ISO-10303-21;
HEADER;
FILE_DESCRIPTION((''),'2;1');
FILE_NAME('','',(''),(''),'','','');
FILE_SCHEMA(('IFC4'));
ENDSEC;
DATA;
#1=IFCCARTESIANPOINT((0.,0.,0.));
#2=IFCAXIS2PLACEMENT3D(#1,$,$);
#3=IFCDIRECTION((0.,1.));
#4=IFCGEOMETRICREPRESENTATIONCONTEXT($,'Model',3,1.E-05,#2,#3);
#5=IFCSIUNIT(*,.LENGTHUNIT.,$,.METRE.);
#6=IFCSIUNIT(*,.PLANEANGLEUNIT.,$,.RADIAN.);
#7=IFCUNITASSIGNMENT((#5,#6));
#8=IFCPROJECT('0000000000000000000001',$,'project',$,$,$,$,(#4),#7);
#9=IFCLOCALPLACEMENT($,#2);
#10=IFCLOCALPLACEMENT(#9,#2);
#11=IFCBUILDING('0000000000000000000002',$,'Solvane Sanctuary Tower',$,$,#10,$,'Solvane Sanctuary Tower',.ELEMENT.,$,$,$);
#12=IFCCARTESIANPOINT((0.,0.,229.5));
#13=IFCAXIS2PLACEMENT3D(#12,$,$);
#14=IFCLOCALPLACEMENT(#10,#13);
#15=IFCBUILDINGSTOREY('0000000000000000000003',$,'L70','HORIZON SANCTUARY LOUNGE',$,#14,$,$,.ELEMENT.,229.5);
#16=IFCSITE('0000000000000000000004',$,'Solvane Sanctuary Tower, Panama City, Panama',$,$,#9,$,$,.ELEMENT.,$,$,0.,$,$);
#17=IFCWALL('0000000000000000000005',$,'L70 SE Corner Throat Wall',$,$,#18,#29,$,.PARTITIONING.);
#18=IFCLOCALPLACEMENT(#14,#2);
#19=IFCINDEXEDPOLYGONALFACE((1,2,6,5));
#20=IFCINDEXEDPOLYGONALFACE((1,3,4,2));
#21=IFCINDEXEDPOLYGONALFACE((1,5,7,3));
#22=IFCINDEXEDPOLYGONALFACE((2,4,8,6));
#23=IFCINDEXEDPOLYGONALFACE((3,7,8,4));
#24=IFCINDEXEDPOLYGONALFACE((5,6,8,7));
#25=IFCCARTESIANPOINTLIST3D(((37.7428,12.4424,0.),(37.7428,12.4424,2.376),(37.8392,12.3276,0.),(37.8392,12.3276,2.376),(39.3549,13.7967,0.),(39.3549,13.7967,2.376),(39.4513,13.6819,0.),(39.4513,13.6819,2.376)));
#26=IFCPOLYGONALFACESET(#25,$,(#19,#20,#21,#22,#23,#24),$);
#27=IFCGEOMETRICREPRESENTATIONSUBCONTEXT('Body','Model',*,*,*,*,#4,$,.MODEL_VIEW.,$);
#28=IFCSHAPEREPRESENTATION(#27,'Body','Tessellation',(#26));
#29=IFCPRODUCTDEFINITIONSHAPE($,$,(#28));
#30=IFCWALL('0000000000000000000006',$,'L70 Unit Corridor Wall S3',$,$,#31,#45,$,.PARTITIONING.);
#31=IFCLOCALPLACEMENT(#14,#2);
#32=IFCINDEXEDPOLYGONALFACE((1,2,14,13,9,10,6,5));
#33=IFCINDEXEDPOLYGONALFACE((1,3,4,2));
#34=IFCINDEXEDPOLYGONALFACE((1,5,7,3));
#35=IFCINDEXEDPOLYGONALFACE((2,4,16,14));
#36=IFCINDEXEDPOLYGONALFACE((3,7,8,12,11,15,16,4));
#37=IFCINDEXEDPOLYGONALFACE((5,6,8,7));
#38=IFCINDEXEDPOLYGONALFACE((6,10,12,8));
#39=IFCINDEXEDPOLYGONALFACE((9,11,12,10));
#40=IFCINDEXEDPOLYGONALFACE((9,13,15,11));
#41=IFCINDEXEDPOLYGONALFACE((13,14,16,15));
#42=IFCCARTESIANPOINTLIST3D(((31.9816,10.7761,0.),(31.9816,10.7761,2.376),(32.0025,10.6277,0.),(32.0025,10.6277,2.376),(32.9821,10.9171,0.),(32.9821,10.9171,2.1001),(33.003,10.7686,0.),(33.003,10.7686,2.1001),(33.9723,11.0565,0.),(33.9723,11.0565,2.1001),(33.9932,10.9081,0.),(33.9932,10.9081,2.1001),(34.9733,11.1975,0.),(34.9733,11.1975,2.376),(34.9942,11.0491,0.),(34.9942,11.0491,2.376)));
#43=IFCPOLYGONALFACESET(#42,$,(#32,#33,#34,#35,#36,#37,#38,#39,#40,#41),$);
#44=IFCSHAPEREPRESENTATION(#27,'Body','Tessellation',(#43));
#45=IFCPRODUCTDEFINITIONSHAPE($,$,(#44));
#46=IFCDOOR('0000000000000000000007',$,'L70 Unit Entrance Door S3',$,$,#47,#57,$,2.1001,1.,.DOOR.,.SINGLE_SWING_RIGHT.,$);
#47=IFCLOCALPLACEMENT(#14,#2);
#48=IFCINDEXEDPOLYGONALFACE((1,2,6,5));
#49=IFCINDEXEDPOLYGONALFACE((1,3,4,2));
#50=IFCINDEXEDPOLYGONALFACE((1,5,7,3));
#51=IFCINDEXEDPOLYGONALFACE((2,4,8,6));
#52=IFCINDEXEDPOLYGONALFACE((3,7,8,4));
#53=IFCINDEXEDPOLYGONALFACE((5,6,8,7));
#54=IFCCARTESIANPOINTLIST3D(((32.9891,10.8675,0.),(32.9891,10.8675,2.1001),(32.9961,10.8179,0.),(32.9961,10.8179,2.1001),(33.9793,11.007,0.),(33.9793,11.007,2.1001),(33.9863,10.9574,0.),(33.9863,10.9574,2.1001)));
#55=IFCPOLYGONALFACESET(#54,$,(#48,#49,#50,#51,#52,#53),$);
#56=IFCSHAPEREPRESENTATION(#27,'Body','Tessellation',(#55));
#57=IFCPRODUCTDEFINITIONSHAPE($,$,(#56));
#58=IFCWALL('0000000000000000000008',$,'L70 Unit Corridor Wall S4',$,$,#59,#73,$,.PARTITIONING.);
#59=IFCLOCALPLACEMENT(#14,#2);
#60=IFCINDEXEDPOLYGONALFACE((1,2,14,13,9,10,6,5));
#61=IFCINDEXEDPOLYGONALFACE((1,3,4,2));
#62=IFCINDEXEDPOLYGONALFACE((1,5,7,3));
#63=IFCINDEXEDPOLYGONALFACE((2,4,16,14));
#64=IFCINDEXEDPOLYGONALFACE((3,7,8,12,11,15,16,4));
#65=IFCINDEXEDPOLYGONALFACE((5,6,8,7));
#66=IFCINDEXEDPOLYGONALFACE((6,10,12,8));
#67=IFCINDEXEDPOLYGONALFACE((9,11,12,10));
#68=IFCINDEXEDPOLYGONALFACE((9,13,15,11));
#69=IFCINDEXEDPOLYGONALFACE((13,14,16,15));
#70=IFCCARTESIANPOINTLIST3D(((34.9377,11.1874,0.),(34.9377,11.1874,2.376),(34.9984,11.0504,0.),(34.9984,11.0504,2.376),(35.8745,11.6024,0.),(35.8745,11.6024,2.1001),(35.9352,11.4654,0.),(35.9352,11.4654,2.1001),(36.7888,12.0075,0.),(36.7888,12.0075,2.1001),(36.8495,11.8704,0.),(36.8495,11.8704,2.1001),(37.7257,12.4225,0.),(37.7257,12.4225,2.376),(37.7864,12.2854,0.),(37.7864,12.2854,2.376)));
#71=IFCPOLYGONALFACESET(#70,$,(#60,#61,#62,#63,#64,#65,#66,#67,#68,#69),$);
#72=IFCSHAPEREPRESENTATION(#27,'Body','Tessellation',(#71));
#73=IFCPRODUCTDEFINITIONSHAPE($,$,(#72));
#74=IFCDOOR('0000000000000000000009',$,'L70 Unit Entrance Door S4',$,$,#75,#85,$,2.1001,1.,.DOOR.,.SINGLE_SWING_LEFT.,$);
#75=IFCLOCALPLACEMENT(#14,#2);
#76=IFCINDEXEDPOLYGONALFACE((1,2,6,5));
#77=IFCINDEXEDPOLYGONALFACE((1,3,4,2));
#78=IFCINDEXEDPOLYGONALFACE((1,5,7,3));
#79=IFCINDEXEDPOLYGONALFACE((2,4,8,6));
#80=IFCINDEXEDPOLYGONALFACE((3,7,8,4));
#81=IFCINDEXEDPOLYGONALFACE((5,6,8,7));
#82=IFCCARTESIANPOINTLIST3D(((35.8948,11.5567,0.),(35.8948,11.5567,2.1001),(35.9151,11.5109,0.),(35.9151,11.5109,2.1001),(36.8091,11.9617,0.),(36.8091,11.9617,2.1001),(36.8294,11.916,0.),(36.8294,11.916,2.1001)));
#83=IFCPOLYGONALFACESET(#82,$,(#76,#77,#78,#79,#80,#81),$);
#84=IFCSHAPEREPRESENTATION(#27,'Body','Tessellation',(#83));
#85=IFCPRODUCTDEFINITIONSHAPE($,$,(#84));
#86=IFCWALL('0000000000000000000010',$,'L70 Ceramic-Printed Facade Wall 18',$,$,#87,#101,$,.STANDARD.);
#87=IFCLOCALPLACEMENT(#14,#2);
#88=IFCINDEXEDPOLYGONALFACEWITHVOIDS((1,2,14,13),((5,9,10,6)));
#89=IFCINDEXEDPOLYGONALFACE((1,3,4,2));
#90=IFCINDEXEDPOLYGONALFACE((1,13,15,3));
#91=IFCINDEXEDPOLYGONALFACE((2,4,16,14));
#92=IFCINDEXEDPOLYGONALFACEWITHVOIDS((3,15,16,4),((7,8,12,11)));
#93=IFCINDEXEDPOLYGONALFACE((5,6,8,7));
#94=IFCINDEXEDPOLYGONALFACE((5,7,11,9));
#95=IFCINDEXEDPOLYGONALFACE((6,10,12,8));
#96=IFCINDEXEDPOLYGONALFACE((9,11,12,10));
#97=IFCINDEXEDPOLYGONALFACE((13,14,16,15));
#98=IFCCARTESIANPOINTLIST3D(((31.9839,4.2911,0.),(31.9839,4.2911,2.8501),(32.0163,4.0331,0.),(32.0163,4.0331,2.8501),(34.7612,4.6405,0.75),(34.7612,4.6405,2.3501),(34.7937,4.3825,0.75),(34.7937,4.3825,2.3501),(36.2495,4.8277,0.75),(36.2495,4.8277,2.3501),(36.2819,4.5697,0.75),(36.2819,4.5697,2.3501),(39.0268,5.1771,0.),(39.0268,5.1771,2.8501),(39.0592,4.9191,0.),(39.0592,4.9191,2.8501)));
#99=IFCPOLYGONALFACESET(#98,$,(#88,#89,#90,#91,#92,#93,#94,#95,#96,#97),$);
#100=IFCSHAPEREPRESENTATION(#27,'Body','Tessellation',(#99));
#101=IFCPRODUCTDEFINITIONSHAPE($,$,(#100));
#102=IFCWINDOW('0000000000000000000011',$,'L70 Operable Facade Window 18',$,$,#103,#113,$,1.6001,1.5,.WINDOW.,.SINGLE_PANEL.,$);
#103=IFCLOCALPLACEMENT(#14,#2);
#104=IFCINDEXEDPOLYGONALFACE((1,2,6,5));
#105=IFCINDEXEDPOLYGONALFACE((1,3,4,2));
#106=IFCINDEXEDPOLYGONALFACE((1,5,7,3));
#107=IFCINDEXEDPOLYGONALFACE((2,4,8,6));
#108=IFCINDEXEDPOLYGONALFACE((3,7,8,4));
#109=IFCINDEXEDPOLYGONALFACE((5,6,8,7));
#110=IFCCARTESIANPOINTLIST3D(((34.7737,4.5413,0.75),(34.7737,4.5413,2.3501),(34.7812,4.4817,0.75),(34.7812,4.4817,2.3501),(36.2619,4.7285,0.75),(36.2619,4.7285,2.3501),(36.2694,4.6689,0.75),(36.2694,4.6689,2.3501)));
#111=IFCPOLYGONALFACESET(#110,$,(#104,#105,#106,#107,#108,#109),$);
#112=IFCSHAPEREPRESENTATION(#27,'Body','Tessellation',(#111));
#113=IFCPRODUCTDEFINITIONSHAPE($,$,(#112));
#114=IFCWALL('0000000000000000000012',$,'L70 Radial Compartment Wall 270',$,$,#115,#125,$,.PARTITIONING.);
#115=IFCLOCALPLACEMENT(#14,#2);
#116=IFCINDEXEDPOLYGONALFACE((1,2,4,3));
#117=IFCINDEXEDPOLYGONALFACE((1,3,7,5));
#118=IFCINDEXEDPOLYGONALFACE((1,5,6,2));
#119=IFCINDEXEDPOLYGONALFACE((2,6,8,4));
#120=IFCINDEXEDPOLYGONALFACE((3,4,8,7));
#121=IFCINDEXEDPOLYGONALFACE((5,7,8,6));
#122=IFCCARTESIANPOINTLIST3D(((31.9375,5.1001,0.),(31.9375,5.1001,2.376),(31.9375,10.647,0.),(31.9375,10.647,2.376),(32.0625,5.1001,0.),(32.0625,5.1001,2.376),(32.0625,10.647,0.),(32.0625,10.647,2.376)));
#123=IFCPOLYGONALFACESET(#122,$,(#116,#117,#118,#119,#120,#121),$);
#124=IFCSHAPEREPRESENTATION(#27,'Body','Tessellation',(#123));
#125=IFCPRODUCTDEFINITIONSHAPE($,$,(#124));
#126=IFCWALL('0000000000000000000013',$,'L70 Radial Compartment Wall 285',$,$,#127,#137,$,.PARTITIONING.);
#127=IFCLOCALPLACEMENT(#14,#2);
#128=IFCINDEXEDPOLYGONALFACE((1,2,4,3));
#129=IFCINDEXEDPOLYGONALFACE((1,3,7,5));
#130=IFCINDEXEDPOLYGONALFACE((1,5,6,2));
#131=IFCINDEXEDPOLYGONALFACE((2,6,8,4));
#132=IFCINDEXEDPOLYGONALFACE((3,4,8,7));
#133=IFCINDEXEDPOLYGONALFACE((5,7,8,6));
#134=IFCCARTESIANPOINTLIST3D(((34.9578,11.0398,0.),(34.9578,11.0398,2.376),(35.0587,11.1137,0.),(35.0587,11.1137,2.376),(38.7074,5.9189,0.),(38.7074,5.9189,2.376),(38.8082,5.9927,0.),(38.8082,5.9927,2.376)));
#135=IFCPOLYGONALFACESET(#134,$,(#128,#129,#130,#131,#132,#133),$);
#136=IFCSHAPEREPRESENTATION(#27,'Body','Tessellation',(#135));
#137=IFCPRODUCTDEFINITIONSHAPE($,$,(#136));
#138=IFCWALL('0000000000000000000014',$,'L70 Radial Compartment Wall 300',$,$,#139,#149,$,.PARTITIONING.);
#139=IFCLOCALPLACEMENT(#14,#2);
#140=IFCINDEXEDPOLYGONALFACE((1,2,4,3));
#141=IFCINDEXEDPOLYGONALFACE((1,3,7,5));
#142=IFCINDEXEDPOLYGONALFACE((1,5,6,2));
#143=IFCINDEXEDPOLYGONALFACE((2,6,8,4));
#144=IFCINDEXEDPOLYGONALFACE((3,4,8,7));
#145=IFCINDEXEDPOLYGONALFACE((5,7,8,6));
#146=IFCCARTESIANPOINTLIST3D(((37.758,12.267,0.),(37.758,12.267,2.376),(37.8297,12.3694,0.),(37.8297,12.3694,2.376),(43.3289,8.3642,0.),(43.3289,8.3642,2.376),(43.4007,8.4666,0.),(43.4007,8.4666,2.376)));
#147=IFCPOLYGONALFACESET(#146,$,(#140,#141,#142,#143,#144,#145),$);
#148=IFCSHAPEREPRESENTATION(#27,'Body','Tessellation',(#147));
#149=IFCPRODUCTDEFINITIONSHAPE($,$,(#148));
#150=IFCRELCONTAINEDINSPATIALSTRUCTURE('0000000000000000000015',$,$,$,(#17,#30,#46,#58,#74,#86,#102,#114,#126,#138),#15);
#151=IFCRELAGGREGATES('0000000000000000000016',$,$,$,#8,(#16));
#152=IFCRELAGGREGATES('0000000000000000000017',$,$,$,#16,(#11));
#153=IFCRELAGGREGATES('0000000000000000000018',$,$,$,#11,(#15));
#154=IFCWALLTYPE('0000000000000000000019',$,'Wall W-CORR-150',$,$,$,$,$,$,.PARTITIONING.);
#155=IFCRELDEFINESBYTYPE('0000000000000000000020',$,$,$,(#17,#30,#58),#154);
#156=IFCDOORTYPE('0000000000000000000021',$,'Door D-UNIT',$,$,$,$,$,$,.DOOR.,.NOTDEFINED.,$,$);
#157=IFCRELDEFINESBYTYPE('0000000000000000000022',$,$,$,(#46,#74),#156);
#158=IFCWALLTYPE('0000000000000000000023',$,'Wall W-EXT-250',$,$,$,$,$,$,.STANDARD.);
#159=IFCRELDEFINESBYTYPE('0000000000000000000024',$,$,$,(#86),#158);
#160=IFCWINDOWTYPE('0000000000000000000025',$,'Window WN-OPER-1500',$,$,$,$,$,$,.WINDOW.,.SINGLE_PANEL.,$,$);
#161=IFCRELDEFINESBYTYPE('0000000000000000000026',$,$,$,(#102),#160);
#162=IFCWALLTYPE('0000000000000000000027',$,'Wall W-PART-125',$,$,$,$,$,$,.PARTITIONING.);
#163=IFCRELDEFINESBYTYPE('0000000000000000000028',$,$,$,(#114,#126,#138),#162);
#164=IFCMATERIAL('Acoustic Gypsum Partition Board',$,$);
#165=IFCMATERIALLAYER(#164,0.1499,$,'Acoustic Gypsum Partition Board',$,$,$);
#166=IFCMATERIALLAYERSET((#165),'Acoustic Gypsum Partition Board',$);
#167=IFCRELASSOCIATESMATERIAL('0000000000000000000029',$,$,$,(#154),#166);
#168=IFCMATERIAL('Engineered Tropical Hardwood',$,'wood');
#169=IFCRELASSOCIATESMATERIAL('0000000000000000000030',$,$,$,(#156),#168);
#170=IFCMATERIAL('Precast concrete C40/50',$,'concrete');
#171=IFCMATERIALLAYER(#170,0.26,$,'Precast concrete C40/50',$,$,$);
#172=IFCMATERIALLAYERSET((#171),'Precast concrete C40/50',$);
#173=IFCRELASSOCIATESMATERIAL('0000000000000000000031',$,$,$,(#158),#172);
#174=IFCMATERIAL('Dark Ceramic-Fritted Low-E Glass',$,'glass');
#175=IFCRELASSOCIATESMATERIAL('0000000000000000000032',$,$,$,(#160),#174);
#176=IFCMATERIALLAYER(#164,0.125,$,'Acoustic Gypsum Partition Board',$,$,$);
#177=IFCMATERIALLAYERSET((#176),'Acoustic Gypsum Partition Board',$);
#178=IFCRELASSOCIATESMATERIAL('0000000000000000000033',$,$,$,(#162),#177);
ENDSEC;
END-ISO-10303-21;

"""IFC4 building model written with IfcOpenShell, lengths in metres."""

from ifc_helpers import new_model, si_unit, direction, frame, frame_2d, origin, place, context, subcontext, project, spatial, rectangle, extrude, material, layer, layer_set, type_object, element, fill, save


model = new_model("IFC4")

# Units and contexts
model_context = context("Model", 3, precision=1e-05, world=origin(), true_north=direction((0.0, 1.0)))
body_context = subcontext(model_context, "Body", "Model", "MODEL_VIEW")
ifc_project = project(units=[si_unit("LENGTHUNIT", "METRE"), si_unit("PLANEANGLEUNIT", "RADIAN")], contexts=[model_context])

# Site, building, storey
site_placement = place(None, origin())
site = spatial("IfcSite", under=ifc_project, at=site_placement, Name="Solvane Sanctuary Tower, Panama City, Panama", CompositionType="ELEMENT", RefElevation=0.0)
building_placement = place(site_placement, origin())
building = spatial("IfcBuilding", under=site, at=building_placement, Name="Solvane Sanctuary Tower", LongName="Solvane Sanctuary Tower", CompositionType="ELEMENT")
storey_placement = place(building_placement, frame((0.0, 0.0, 229.5)))
storey = spatial("IfcBuildingStorey", under=building, at=storey_placement, Name="L70", Description="HORIZON SANCTUARY LOUNGE", CompositionType="ELEMENT", Elevation=229.5)

# Shared definitions
ifc_material_1 = material(Name="Acoustic Gypsum Partition Board")
ifc_layer_1 = layer(ifc_material_1, 0.1499, Name="Acoustic Gypsum Partition Board")
ifc_layer_set_1 = layer_set([ifc_layer_1], Name="Acoustic Gypsum Partition Board")
wall_type_1 = type_object("IfcWallType", Name="Wall W-CORR-150", PredefinedType="PARTITIONING", material=ifc_layer_set_1)

# Shared definitions
ifc_material_2 = material(Name="Engineered Tropical Hardwood", Category="wood")

# Wall
wall_1_placement = place(storey_placement, frame((37.791, 12.385, 0.0), z_axis=(0.0, 0.0, 1.0), x_axis=(0.765677, 0.643225, 0.0)))
element("IfcWall", 1, at=wall_1_placement, inside=storey, type_object=wall_type_1, Name="L70 SE Corner Throat Wall", PredefinedType="PARTITIONING", context=body_context, shape_type="SweptSolid", body=[
    extrude(rectangle(XDim=2.1055, YDim=0.1499, at=frame_2d((1.0527, 0.0))), origin(), (0.0, 0.0, 1.0), 2.376),
])

# Walls, openings, doors
wall_2_placement = place(storey_placement, frame((31.9919, 10.7019, 0.0), z_axis=(0.0, 0.0, 1.0), x_axis=(0.990226, 0.139475, 0.0)))
wall_2 = element("IfcWall", 2, at=wall_2_placement, inside=storey, type_object=wall_type_1, Name="L70 Unit Corridor Wall S3", PredefinedType="PARTITIONING", context=body_context, shape_type="SweptSolid", body=[
    extrude(rectangle(XDim=3.0212, YDim=0.1499, at=frame_2d((1.5107, 0.0))), origin(), (0.0, 0.0, 1.0), 2.376),
])
opening_1_placement = place(wall_2_placement, frame((1.0105, 0.0, 0.0)))
opening_1 = element("IfcOpeningElement", 3, at=opening_1_placement, cuts=wall_2, PredefinedType="OPENING", context=body_context, shape_type="SweptSolid", body=[
    extrude(rectangle(XDim=1.0, YDim=2.1001, at=frame_2d((0.5, 1.05))), frame((0.0, 0.085, 0.0), z_axis=(0.0, -1.0, 0.0), x_axis=(1.0, 0.0, 0.0)), (0.0, 0.0, 1.0), 0.1699),
])
door_type_1 = type_object("IfcDoorType", Name="Door D-UNIT", OperationType="NOTDEFINED", PredefinedType="DOOR", material=ifc_material_2)
door_1_placement = place(opening_1_placement, origin())
door_1 = element("IfcDoor", 4, at=door_1_placement, inside=storey, type_object=door_type_1, Name="L70 Unit Entrance Door S3", OperationType="SINGLE_SWING_RIGHT", OverallHeight=2.1001, OverallWidth=1.0, PredefinedType="DOOR", context=body_context, shape_type="SweptSolid", body=[
    extrude(rectangle(XDim=1.0, YDim=2.1001, at=frame_2d((0.5, 1.05))), frame((0.0, 0.0249, 0.0), z_axis=(0.0, -1.0, 0.0), x_axis=(1.0, 0.0, 0.0)), (0.0, 0.0, 1.0), 0.05),
])
fill(opening_1, door_1)
wall_3_placement = place(storey_placement, frame((34.968, 11.1189, 0.0), z_axis=(0.0, 0.0, 1.0), x_axis=(0.914303, 0.405031, 0.0)))
wall_3 = element("IfcWall", 5, at=wall_3_placement, inside=storey, type_object=wall_type_1, Name="L70 Unit Corridor Wall S4", PredefinedType="PARTITIONING", context=body_context, shape_type="SweptSolid", body=[
    extrude(rectangle(XDim=3.0493, YDim=0.1499, at=frame_2d((1.5247, 0.0))), origin(), (0.0, 0.0, 1.0), 2.376),
])
opening_2_placement = place(wall_3_placement, frame((1.0247, 0.0, 0.0)))
opening_2 = element("IfcOpeningElement", 6, at=opening_2_placement, cuts=wall_3, PredefinedType="OPENING", context=body_context, shape_type="SweptSolid", body=[
    extrude(rectangle(XDim=1.0, YDim=2.1001, at=frame_2d((0.5, 1.05))), frame((0.0, 0.085, 0.0), z_axis=(0.0, -1.0, 0.0), x_axis=(1.0, 0.0, 0.0)), (0.0, 0.0, 1.0), 0.1699),
])
door_2_placement = place(opening_2_placement, origin())
door_2 = element("IfcDoor", 7, at=door_2_placement, inside=storey, type_object=door_type_1, Name="L70 Unit Entrance Door S4", OperationType="SINGLE_SWING_LEFT", OverallHeight=2.1001, OverallWidth=1.0, PredefinedType="DOOR", context=body_context, shape_type="SweptSolid", body=[
    extrude(rectangle(XDim=1.0, YDim=2.1001, at=frame_2d((0.5, 1.05))), frame((0.0, 0.0249, 0.0), z_axis=(0.0, -1.0, 0.0), x_axis=(1.0, 0.0, 0.0)), (0.0, 0.0, 1.0), 0.05),
])
fill(opening_2, door_2)

# Wall, opening, window
ifc_material_3 = material(Name="Precast concrete C40/50", Category="concrete")
ifc_layer_2 = layer(ifc_material_3, 0.26, Name="Precast concrete C40/50")
ifc_layer_set_2 = layer_set([ifc_layer_2], Name="Precast concrete C40/50")
wall_type_2 = type_object("IfcWallType", Name="Wall W-EXT-250", PredefinedType="STANDARD", material=ifc_layer_set_2)
wall_4_placement = place(storey_placement, frame((32.0, 4.1621, 0.0), z_axis=(0.0, 0.0, 1.0), x_axis=(0.99218, 0.124814, 0.0)))
wall_4 = element("IfcWall", 8, at=wall_4_placement, inside=storey, type_object=wall_type_2, Name="L70 Ceramic-Printed Facade Wall 18", PredefinedType="STANDARD", context=body_context, shape_type="SweptSolid", body=[
    extrude(rectangle(XDim=7.0984, YDim=0.26, at=frame_2d((3.5493, 0.0))), origin(), (0.0, 0.0, 1.0), 2.8501),
])
opening_3_placement = place(wall_4_placement, frame((2.7993, 0.0, 0.75)))
opening_3 = element("IfcOpeningElement", 9, at=opening_3_placement, cuts=wall_4, PredefinedType="OPENING", context=body_context, shape_type="SweptSolid", body=[
    extrude(rectangle(XDim=1.5, YDim=1.6001, at=frame_2d((0.75, 0.8))), frame((0.0, 0.1399, 0.0), z_axis=(0.0, -1.0, 0.0), x_axis=(1.0, 0.0, 0.0)), (0.0, 0.0, 1.0), 0.28),
])
ifc_material_4 = material(Name="Dark Ceramic-Fritted Low-E Glass", Category="glass")
window_type = type_object("IfcWindowType", Name="Window WN-OPER-1500", PartitioningType="SINGLE_PANEL", PredefinedType="WINDOW", material=ifc_material_4)
window_placement = place(opening_3_placement, origin())
window = element("IfcWindow", 10, at=window_placement, inside=storey, type_object=window_type, Name="L70 Operable Facade Window 18", OverallHeight=1.6001, OverallWidth=1.5, PartitioningType="SINGLE_PANEL", PredefinedType="WINDOW", context=body_context, shape_type="SweptSolid", body=[
    extrude(rectangle(XDim=1.5, YDim=1.6001, at=frame_2d((0.75, 0.8))), frame((0.0, 0.03, 0.0), z_axis=(0.0, -1.0, 0.0), x_axis=(1.0, 0.0, 0.0)), (0.0, 0.0, 1.0), 0.0601),
])
fill(opening_3, window)

# Walls
ifc_layer_3 = layer(ifc_material_1, 0.125, Name="Acoustic Gypsum Partition Board")
ifc_layer_set_3 = layer_set([ifc_layer_3], Name="Acoustic Gypsum Partition Board")
wall_type_3 = type_object("IfcWallType", Name="Wall W-PART-125", PredefinedType="PARTITIONING", material=ifc_layer_set_3)
wall_5_placement = place(storey_placement, frame((32.0, 10.647, 0.0), z_axis=(0.0, 0.0, 1.0), x_axis=(0.0, -1.0, 0.0)))
element("IfcWall", 11, at=wall_5_placement, inside=storey, type_object=wall_type_3, Name="L70 Radial Compartment Wall 270", PredefinedType="PARTITIONING", context=body_context, shape_type="SweptSolid", body=[
    extrude(rectangle(XDim=5.5469, YDim=0.125, at=frame_2d((2.7734, 0.0))), origin(), (0.0, 0.0, 1.0), 2.376),
])
wall_6_placement = place(storey_placement, frame((35.0083, 11.0767, 0.0), z_axis=(0.0, 0.0, 1.0), x_axis=(0.590771, -0.806839, 0.0)))
element("IfcWall", 12, at=wall_6_placement, inside=storey, type_object=wall_type_3, Name="L70 Radial Compartment Wall 285", PredefinedType="PARTITIONING", context=body_context, shape_type="SweptSolid", body=[
    extrude(rectangle(XDim=6.3469, YDim=0.125, at=frame_2d((3.1733, 0.0))), origin(), (0.0, 0.0, 1.0), 2.376),
])
wall_7_placement = place(storey_placement, frame((37.7939, 12.3181, 0.0), z_axis=(0.0, 0.0, 1.0), x_axis=(0.819018, -0.573768, 0.0)))
element("IfcWall", 13, at=wall_7_placement, inside=storey, type_object=wall_type_3, Name="L70 Radial Compartment Wall 300", PredefinedType="PARTITIONING", context=body_context, shape_type="SweptSolid", body=[
    extrude(rectangle(XDim=6.802, YDim=0.125, at=frame_2d((3.4009, 0.0))), origin(), (0.0, 0.0, 1.0), 2.376),
])

save(model, "model.ifc")
